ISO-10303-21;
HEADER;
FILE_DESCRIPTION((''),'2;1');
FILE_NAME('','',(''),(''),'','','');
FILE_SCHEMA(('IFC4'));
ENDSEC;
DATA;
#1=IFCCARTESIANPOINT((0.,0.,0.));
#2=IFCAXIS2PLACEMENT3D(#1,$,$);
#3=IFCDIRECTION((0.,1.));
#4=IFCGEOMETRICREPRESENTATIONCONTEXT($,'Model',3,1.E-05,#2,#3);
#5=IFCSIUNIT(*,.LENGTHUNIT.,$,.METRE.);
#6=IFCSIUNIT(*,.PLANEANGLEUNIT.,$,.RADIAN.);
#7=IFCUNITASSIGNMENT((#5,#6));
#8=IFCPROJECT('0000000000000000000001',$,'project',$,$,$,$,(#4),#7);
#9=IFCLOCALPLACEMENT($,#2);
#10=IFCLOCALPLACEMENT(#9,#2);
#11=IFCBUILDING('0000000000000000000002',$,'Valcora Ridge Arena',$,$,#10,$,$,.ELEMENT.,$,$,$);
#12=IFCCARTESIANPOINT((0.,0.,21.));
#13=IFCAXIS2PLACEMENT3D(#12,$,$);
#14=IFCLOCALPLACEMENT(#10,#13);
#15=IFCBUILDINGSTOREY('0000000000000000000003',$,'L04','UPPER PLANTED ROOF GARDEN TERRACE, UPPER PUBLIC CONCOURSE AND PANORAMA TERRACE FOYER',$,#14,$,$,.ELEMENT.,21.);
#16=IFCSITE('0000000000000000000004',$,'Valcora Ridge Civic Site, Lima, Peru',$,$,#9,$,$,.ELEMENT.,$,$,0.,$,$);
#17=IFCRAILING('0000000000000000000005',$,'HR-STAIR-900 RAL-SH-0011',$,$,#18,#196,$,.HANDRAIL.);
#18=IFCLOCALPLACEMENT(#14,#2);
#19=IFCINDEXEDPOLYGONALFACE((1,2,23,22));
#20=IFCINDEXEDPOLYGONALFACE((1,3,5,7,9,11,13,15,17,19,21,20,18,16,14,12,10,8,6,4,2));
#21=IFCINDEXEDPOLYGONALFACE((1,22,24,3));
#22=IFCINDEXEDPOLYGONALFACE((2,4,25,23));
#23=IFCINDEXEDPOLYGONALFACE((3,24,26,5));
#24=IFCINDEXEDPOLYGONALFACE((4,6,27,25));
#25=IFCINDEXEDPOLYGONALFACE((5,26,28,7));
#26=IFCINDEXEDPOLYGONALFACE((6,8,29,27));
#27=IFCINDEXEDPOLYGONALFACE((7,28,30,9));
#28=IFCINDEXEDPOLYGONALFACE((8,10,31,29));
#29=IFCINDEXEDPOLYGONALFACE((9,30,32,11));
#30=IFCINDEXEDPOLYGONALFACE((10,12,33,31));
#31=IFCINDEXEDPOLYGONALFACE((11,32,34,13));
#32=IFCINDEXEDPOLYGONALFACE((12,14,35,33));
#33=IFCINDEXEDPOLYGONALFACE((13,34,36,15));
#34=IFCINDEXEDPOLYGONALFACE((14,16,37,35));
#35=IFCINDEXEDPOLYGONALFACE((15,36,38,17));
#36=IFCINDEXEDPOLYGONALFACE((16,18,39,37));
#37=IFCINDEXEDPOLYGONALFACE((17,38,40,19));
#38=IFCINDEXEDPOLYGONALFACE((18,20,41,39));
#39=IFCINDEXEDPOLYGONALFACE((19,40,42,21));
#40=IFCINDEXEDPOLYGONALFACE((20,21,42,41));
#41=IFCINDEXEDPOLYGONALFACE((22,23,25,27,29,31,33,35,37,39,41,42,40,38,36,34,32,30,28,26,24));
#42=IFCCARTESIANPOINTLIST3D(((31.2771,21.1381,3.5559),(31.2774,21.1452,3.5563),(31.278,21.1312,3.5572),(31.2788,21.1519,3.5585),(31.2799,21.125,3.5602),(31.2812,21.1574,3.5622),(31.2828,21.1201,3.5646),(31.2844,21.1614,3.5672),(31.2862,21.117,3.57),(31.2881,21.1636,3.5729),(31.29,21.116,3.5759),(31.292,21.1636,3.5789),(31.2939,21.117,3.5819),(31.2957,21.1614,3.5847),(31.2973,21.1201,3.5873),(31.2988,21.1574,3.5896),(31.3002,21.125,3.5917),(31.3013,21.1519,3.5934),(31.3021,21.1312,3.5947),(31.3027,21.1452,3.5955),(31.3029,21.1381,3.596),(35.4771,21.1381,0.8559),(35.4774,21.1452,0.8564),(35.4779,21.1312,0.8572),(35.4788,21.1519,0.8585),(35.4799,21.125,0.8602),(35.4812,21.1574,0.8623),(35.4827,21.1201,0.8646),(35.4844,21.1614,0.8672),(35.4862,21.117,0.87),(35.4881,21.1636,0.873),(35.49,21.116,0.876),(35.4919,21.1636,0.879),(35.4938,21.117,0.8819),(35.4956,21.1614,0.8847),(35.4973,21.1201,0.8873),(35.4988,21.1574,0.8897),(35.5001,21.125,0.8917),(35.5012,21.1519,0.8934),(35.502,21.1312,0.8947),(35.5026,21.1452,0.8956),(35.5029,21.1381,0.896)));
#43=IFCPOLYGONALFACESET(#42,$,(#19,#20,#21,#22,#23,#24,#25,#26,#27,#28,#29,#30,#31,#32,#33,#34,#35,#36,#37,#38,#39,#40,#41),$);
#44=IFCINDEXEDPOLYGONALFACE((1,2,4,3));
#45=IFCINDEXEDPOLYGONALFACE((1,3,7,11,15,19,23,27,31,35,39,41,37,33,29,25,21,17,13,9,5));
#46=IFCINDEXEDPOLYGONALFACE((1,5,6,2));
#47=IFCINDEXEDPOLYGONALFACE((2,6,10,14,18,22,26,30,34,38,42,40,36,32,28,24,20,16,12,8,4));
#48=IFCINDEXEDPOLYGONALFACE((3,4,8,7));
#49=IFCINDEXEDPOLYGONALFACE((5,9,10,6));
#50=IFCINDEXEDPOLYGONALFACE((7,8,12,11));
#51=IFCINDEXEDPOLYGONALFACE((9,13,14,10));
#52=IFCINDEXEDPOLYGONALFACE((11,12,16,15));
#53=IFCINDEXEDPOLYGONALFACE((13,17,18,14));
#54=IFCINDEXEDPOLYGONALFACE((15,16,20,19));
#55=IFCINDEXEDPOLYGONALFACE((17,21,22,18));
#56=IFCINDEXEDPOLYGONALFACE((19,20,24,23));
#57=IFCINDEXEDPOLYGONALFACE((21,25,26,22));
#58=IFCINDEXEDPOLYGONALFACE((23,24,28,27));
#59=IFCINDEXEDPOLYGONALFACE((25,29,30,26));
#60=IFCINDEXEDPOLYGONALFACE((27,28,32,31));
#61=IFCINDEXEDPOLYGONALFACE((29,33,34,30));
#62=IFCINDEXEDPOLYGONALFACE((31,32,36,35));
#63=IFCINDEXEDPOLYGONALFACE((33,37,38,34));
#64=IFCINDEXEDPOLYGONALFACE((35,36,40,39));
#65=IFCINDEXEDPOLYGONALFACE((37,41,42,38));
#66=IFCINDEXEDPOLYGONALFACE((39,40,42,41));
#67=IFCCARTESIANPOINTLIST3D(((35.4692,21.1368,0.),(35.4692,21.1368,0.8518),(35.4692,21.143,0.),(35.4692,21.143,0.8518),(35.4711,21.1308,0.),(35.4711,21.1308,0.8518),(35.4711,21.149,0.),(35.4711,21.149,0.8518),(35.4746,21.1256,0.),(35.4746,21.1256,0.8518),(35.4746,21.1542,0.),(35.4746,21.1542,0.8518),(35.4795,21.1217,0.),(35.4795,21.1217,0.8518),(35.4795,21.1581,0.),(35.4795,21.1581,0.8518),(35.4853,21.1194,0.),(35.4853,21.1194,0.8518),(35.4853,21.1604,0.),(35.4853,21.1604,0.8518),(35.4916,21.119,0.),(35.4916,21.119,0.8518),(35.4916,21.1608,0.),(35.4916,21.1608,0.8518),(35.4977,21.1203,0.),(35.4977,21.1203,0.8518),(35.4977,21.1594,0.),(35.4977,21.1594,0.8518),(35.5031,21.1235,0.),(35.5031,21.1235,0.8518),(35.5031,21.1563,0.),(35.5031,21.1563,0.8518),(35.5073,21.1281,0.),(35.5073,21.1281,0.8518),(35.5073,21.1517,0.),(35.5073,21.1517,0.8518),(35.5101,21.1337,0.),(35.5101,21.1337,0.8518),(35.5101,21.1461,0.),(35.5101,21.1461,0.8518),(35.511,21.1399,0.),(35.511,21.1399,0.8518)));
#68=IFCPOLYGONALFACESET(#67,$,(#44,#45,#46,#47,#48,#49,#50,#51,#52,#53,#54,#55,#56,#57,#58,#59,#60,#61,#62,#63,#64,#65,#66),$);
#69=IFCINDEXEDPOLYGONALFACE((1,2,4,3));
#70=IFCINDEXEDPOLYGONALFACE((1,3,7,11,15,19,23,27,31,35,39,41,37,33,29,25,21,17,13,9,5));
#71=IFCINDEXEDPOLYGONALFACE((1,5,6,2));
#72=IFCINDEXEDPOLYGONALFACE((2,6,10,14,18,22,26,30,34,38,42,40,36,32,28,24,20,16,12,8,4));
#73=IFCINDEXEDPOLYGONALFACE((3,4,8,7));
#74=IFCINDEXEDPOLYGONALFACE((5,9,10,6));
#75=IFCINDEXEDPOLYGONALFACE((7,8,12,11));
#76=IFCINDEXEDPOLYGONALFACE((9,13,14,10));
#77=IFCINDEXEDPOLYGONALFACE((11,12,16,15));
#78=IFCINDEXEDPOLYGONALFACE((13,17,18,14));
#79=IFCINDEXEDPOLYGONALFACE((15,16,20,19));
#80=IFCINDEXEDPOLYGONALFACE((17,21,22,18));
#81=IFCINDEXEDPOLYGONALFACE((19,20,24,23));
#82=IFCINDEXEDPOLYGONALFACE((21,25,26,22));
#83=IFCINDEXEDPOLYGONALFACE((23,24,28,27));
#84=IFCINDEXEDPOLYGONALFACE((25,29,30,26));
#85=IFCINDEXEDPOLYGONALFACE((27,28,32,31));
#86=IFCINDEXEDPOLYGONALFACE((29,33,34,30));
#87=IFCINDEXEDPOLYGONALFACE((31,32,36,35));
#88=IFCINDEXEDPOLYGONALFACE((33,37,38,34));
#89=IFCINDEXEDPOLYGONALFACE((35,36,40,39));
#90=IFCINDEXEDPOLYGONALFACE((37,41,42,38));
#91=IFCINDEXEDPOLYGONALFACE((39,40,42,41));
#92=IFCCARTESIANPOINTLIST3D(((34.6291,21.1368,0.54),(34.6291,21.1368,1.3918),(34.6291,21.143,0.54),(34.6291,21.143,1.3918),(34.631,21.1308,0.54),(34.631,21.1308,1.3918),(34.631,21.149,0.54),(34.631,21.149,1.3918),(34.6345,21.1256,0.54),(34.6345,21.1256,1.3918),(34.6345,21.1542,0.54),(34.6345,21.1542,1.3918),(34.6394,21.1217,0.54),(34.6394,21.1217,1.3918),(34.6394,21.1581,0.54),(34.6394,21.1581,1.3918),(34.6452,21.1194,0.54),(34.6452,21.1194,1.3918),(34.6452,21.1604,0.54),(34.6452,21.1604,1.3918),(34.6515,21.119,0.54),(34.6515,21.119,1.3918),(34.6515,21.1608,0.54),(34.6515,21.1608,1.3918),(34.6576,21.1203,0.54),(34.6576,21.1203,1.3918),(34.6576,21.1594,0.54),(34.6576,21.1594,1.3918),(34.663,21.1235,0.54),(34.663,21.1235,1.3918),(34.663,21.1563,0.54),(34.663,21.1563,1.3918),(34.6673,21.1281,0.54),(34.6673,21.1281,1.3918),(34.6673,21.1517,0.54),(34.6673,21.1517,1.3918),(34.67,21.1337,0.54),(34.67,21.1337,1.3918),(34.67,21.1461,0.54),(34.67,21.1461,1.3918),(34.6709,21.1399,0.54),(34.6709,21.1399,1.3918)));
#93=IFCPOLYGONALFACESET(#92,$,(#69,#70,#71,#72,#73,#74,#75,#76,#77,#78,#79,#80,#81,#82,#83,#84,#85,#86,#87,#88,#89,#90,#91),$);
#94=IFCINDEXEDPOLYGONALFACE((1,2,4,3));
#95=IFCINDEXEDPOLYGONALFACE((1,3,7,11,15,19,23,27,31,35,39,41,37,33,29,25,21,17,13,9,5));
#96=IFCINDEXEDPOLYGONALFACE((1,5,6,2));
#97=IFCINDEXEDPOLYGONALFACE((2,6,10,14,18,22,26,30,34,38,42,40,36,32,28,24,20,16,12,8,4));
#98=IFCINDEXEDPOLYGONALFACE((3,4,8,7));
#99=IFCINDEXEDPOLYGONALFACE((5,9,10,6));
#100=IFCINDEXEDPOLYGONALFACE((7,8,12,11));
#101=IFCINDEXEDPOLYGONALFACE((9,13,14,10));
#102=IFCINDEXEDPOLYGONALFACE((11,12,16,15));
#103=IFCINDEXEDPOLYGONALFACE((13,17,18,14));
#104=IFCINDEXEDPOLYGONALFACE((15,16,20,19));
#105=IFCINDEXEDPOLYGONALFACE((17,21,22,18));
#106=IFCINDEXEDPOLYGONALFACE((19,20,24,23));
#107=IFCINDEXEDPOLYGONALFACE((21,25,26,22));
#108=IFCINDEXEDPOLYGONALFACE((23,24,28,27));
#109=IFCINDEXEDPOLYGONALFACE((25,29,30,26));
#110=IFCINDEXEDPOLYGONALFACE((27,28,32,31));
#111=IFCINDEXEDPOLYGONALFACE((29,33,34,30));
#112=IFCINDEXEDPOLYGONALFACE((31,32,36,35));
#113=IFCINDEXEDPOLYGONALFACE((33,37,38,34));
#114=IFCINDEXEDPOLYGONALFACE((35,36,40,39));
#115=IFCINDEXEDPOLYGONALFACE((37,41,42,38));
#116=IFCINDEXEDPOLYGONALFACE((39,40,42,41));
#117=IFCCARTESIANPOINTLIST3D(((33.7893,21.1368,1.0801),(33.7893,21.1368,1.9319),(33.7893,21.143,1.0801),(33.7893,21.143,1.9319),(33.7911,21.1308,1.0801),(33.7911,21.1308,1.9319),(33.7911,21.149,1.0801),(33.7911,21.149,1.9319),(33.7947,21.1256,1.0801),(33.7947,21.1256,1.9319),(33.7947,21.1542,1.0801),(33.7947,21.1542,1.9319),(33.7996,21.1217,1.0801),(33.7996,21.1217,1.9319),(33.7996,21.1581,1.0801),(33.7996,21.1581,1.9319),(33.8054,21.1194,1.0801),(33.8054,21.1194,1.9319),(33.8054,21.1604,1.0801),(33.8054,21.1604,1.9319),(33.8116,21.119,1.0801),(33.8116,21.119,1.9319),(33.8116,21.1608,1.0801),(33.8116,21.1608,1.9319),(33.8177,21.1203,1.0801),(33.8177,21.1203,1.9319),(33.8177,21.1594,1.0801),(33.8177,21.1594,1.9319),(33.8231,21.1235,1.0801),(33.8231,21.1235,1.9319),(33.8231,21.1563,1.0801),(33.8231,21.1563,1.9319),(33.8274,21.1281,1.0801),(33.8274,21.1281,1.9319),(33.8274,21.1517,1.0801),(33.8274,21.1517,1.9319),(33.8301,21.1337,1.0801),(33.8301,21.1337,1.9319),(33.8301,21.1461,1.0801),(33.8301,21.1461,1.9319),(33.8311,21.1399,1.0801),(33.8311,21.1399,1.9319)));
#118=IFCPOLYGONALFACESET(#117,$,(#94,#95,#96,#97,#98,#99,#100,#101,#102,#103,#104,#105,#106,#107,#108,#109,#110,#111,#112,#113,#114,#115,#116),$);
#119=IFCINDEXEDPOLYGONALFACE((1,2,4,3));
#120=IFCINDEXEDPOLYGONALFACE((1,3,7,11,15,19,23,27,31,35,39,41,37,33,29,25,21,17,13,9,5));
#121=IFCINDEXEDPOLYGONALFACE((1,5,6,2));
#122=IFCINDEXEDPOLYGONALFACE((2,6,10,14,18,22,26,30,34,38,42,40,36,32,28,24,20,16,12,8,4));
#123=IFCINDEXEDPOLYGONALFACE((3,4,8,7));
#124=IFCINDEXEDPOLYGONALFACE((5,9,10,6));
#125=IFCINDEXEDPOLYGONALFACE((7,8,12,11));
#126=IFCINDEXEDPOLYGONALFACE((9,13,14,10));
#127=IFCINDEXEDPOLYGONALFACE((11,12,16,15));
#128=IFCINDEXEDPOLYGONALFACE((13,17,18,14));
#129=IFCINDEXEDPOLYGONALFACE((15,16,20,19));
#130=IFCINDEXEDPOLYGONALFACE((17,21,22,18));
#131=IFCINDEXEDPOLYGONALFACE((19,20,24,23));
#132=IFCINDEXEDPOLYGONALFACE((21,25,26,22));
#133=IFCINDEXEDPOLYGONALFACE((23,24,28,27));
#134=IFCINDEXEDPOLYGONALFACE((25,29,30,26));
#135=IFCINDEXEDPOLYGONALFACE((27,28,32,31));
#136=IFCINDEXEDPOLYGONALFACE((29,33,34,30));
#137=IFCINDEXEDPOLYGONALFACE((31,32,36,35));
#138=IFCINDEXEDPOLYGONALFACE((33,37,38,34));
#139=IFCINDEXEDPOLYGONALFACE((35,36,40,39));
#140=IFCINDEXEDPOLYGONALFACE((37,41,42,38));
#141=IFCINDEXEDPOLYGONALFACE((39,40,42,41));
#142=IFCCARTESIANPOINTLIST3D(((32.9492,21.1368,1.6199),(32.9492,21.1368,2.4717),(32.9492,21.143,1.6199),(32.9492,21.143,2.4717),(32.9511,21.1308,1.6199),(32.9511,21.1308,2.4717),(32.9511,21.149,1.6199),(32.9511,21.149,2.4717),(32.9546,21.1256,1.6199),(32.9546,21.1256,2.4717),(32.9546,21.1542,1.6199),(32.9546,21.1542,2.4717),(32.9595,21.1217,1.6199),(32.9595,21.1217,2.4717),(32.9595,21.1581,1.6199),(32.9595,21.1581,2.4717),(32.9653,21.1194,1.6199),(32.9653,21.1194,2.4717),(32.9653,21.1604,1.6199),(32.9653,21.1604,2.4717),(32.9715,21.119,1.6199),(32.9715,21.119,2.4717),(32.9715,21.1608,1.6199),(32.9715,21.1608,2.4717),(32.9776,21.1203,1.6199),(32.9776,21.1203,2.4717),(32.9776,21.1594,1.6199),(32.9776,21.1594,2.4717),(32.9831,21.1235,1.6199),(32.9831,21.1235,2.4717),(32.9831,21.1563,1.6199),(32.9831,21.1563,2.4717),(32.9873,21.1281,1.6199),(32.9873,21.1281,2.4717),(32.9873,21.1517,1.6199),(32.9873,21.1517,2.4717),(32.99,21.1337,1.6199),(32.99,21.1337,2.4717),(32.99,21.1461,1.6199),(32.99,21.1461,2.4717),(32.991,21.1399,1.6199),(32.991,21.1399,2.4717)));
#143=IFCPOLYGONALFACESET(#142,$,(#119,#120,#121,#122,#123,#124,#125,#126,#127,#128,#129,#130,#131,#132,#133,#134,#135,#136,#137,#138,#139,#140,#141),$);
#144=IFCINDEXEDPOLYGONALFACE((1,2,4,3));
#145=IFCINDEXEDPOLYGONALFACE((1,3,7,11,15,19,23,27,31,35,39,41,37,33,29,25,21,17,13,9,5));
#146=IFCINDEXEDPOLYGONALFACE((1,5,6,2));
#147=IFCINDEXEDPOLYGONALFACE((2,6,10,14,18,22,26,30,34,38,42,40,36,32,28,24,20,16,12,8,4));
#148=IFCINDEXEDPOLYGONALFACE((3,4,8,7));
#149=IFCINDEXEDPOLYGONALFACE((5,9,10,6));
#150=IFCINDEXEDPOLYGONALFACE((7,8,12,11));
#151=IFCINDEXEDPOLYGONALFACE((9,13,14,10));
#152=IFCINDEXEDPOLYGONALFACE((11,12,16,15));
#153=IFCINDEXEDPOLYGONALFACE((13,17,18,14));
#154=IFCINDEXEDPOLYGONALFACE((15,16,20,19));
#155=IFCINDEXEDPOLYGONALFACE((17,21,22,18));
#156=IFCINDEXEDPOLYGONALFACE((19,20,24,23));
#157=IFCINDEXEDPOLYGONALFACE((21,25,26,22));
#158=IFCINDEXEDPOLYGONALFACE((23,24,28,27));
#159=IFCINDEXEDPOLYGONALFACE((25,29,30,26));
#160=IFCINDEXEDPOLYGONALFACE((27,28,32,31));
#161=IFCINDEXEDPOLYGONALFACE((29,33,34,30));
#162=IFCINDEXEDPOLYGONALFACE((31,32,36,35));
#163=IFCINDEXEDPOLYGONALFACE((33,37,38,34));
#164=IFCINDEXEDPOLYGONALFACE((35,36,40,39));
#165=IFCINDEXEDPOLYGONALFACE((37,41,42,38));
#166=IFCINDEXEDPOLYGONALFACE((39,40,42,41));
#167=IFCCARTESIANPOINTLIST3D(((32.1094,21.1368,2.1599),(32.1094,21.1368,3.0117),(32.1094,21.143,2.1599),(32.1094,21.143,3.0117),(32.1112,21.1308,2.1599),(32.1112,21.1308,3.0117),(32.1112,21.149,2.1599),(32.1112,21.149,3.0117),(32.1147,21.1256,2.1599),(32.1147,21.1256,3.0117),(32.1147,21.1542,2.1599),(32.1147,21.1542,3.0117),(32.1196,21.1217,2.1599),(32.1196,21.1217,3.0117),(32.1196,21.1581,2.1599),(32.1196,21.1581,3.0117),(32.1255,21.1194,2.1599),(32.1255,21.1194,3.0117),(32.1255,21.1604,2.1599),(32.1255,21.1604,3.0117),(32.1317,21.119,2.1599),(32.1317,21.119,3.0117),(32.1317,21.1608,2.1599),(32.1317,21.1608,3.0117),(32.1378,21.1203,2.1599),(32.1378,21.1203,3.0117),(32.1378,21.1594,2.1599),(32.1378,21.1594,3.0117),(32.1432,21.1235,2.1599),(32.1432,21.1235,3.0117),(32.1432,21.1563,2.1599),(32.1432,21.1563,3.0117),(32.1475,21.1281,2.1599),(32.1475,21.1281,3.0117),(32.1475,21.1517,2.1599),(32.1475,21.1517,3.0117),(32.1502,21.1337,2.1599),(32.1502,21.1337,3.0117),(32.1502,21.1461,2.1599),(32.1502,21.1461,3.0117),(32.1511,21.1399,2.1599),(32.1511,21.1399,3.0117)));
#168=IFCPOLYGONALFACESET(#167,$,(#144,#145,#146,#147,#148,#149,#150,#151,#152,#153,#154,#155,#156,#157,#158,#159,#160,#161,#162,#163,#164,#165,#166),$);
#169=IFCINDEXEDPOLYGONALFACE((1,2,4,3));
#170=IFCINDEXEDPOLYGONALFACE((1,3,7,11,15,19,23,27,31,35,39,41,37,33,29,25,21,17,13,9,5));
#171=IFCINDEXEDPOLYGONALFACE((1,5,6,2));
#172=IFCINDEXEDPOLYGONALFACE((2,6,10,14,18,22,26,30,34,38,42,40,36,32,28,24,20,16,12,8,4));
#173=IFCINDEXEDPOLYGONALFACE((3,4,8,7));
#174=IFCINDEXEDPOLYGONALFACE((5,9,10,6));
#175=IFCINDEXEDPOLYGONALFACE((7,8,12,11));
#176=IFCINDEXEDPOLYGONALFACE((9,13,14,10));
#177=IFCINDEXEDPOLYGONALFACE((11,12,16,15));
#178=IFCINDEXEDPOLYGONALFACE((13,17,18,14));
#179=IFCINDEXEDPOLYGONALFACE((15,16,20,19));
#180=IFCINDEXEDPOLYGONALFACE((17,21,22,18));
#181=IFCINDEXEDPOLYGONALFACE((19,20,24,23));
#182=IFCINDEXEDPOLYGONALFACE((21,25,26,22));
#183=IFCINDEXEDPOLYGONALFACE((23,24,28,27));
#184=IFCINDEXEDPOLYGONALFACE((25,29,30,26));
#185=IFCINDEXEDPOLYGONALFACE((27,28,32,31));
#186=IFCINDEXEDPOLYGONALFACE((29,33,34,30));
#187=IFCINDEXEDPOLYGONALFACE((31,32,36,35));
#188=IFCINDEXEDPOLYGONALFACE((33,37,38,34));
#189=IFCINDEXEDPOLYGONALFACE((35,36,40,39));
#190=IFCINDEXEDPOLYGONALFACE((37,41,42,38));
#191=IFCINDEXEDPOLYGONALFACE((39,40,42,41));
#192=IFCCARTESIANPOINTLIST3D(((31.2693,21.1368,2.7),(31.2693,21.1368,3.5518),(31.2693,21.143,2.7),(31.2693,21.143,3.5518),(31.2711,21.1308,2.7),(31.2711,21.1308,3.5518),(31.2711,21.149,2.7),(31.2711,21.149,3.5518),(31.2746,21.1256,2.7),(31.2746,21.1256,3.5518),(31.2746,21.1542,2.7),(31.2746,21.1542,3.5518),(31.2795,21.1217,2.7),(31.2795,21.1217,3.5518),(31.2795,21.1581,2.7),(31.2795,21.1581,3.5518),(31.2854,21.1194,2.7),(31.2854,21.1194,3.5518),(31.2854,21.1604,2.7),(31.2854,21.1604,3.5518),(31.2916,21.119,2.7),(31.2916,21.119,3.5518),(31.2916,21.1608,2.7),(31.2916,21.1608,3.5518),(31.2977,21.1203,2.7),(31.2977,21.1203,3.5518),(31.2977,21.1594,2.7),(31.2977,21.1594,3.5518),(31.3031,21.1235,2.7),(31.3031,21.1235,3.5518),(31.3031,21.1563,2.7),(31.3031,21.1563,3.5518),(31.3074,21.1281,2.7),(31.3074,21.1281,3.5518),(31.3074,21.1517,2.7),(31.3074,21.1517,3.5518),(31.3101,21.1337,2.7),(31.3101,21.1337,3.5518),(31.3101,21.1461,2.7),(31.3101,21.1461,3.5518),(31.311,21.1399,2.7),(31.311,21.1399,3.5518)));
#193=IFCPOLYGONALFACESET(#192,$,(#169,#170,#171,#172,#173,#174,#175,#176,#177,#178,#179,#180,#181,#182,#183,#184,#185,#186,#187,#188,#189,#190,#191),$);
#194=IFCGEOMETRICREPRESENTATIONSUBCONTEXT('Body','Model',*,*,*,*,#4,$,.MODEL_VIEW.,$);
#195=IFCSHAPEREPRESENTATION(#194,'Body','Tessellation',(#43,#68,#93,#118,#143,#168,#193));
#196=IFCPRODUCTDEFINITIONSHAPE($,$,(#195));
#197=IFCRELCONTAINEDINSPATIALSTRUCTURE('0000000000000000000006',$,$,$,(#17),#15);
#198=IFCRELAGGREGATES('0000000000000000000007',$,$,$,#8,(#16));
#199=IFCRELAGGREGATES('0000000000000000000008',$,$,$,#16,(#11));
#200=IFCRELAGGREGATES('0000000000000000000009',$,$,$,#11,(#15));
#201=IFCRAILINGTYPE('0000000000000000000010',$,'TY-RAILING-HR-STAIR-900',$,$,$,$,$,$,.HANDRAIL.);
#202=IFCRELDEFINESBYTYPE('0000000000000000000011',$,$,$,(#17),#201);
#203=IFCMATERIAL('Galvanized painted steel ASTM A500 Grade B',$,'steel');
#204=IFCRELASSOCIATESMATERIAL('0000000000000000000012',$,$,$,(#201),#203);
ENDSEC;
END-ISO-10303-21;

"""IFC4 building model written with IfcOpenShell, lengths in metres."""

from ifc_helpers import new_model, si_unit, direction, frame, origin, origin_2d, place, context, subcontext, project, spatial, circle, extrude, material, type_object, element, save


model = new_model("IFC4")

# Units and contexts
model_context = context("Model", 3, precision=1e-05, world=origin(), true_north=direction((0.0, 1.0)))
body_context = subcontext(model_context, "Body", "Model", "MODEL_VIEW")
ifc_project = project(units=[si_unit("LENGTHUNIT", "METRE"), si_unit("PLANEANGLEUNIT", "RADIAN")], contexts=[model_context])

# Site, building, storey
site_placement = place(None, origin())
site = spatial("IfcSite", under=ifc_project, at=site_placement, Name="Valcora Ridge Civic Site, Lima, Peru", CompositionType="ELEMENT", RefElevation=0.0)
building_placement = place(site_placement, origin())
building = spatial("IfcBuilding", under=site, at=building_placement, Name="Valcora Ridge Arena", CompositionType="ELEMENT")
storey_placement = place(building_placement, frame((0.0, 0.0, 21.0)))
storey = spatial("IfcBuildingStorey", under=building, at=storey_placement, Name="L04", Description="UPPER PLANTED ROOF GARDEN TERRACE, UPPER PUBLIC CONCOURSE AND PANORAMA TERRACE FOYER", CompositionType="ELEMENT", Elevation=21.0)

# Railing
ifc_material_1 = material(Name="Galvanized painted steel ASTM A500 Grade B", Category="steel")
railing_type_1 = type_object("IfcRailingType", Name="TY-RAILING-HR-STAIR-900", PredefinedType="HANDRAIL", material=ifc_material_1)
railing_1_placement = place(storey_placement, frame((35.49, 21.1399, 0.0)))
element("IfcRailing", 1, at=railing_1_placement, inside=storey, type_object=railing_type_1, Name="HR-STAIR-900 RAL-SH-0011", PredefinedType="HANDRAIL", context=body_context, shape_type="SweptSolid", body=[
    extrude(circle(Radius=0.0239, at=origin_2d()), frame((0.0, 0.0, 0.876), z_axis=(-0.84118, 0.0, 0.540755), x_axis=(0.0, -1.0, 0.0)), (0.0, 0.0, 1.0), 4.9929),
    extrude(circle(Radius=0.021, at=origin_2d()), origin(), (0.0, 0.0, 1.0), 0.8518),
    extrude(circle(Radius=0.021, at=origin_2d()), frame((-0.8401, 0.0, 0.54)), (0.0, 0.0, 1.0), 0.8518),
    extrude(circle(Radius=0.021, at=origin_2d()), frame((-1.6799, 0.0, 1.0801)), (0.0, 0.0, 1.0), 0.8518),
    extrude(circle(Radius=0.021, at=origin_2d()), frame((-2.52, 0.0, 1.6199)), (0.0, 0.0, 1.0), 0.8518),
    extrude(circle(Radius=0.021, at=origin_2d()), frame((-3.3599, 0.0, 2.1599)), (0.0, 0.0, 1.0), 0.8518),
    extrude(circle(Radius=0.021, at=origin_2d()), frame((-4.2, 0.0, 2.7)), (0.0, 0.0, 1.0), 0.8518),
])

save(model, "model.ifc")
